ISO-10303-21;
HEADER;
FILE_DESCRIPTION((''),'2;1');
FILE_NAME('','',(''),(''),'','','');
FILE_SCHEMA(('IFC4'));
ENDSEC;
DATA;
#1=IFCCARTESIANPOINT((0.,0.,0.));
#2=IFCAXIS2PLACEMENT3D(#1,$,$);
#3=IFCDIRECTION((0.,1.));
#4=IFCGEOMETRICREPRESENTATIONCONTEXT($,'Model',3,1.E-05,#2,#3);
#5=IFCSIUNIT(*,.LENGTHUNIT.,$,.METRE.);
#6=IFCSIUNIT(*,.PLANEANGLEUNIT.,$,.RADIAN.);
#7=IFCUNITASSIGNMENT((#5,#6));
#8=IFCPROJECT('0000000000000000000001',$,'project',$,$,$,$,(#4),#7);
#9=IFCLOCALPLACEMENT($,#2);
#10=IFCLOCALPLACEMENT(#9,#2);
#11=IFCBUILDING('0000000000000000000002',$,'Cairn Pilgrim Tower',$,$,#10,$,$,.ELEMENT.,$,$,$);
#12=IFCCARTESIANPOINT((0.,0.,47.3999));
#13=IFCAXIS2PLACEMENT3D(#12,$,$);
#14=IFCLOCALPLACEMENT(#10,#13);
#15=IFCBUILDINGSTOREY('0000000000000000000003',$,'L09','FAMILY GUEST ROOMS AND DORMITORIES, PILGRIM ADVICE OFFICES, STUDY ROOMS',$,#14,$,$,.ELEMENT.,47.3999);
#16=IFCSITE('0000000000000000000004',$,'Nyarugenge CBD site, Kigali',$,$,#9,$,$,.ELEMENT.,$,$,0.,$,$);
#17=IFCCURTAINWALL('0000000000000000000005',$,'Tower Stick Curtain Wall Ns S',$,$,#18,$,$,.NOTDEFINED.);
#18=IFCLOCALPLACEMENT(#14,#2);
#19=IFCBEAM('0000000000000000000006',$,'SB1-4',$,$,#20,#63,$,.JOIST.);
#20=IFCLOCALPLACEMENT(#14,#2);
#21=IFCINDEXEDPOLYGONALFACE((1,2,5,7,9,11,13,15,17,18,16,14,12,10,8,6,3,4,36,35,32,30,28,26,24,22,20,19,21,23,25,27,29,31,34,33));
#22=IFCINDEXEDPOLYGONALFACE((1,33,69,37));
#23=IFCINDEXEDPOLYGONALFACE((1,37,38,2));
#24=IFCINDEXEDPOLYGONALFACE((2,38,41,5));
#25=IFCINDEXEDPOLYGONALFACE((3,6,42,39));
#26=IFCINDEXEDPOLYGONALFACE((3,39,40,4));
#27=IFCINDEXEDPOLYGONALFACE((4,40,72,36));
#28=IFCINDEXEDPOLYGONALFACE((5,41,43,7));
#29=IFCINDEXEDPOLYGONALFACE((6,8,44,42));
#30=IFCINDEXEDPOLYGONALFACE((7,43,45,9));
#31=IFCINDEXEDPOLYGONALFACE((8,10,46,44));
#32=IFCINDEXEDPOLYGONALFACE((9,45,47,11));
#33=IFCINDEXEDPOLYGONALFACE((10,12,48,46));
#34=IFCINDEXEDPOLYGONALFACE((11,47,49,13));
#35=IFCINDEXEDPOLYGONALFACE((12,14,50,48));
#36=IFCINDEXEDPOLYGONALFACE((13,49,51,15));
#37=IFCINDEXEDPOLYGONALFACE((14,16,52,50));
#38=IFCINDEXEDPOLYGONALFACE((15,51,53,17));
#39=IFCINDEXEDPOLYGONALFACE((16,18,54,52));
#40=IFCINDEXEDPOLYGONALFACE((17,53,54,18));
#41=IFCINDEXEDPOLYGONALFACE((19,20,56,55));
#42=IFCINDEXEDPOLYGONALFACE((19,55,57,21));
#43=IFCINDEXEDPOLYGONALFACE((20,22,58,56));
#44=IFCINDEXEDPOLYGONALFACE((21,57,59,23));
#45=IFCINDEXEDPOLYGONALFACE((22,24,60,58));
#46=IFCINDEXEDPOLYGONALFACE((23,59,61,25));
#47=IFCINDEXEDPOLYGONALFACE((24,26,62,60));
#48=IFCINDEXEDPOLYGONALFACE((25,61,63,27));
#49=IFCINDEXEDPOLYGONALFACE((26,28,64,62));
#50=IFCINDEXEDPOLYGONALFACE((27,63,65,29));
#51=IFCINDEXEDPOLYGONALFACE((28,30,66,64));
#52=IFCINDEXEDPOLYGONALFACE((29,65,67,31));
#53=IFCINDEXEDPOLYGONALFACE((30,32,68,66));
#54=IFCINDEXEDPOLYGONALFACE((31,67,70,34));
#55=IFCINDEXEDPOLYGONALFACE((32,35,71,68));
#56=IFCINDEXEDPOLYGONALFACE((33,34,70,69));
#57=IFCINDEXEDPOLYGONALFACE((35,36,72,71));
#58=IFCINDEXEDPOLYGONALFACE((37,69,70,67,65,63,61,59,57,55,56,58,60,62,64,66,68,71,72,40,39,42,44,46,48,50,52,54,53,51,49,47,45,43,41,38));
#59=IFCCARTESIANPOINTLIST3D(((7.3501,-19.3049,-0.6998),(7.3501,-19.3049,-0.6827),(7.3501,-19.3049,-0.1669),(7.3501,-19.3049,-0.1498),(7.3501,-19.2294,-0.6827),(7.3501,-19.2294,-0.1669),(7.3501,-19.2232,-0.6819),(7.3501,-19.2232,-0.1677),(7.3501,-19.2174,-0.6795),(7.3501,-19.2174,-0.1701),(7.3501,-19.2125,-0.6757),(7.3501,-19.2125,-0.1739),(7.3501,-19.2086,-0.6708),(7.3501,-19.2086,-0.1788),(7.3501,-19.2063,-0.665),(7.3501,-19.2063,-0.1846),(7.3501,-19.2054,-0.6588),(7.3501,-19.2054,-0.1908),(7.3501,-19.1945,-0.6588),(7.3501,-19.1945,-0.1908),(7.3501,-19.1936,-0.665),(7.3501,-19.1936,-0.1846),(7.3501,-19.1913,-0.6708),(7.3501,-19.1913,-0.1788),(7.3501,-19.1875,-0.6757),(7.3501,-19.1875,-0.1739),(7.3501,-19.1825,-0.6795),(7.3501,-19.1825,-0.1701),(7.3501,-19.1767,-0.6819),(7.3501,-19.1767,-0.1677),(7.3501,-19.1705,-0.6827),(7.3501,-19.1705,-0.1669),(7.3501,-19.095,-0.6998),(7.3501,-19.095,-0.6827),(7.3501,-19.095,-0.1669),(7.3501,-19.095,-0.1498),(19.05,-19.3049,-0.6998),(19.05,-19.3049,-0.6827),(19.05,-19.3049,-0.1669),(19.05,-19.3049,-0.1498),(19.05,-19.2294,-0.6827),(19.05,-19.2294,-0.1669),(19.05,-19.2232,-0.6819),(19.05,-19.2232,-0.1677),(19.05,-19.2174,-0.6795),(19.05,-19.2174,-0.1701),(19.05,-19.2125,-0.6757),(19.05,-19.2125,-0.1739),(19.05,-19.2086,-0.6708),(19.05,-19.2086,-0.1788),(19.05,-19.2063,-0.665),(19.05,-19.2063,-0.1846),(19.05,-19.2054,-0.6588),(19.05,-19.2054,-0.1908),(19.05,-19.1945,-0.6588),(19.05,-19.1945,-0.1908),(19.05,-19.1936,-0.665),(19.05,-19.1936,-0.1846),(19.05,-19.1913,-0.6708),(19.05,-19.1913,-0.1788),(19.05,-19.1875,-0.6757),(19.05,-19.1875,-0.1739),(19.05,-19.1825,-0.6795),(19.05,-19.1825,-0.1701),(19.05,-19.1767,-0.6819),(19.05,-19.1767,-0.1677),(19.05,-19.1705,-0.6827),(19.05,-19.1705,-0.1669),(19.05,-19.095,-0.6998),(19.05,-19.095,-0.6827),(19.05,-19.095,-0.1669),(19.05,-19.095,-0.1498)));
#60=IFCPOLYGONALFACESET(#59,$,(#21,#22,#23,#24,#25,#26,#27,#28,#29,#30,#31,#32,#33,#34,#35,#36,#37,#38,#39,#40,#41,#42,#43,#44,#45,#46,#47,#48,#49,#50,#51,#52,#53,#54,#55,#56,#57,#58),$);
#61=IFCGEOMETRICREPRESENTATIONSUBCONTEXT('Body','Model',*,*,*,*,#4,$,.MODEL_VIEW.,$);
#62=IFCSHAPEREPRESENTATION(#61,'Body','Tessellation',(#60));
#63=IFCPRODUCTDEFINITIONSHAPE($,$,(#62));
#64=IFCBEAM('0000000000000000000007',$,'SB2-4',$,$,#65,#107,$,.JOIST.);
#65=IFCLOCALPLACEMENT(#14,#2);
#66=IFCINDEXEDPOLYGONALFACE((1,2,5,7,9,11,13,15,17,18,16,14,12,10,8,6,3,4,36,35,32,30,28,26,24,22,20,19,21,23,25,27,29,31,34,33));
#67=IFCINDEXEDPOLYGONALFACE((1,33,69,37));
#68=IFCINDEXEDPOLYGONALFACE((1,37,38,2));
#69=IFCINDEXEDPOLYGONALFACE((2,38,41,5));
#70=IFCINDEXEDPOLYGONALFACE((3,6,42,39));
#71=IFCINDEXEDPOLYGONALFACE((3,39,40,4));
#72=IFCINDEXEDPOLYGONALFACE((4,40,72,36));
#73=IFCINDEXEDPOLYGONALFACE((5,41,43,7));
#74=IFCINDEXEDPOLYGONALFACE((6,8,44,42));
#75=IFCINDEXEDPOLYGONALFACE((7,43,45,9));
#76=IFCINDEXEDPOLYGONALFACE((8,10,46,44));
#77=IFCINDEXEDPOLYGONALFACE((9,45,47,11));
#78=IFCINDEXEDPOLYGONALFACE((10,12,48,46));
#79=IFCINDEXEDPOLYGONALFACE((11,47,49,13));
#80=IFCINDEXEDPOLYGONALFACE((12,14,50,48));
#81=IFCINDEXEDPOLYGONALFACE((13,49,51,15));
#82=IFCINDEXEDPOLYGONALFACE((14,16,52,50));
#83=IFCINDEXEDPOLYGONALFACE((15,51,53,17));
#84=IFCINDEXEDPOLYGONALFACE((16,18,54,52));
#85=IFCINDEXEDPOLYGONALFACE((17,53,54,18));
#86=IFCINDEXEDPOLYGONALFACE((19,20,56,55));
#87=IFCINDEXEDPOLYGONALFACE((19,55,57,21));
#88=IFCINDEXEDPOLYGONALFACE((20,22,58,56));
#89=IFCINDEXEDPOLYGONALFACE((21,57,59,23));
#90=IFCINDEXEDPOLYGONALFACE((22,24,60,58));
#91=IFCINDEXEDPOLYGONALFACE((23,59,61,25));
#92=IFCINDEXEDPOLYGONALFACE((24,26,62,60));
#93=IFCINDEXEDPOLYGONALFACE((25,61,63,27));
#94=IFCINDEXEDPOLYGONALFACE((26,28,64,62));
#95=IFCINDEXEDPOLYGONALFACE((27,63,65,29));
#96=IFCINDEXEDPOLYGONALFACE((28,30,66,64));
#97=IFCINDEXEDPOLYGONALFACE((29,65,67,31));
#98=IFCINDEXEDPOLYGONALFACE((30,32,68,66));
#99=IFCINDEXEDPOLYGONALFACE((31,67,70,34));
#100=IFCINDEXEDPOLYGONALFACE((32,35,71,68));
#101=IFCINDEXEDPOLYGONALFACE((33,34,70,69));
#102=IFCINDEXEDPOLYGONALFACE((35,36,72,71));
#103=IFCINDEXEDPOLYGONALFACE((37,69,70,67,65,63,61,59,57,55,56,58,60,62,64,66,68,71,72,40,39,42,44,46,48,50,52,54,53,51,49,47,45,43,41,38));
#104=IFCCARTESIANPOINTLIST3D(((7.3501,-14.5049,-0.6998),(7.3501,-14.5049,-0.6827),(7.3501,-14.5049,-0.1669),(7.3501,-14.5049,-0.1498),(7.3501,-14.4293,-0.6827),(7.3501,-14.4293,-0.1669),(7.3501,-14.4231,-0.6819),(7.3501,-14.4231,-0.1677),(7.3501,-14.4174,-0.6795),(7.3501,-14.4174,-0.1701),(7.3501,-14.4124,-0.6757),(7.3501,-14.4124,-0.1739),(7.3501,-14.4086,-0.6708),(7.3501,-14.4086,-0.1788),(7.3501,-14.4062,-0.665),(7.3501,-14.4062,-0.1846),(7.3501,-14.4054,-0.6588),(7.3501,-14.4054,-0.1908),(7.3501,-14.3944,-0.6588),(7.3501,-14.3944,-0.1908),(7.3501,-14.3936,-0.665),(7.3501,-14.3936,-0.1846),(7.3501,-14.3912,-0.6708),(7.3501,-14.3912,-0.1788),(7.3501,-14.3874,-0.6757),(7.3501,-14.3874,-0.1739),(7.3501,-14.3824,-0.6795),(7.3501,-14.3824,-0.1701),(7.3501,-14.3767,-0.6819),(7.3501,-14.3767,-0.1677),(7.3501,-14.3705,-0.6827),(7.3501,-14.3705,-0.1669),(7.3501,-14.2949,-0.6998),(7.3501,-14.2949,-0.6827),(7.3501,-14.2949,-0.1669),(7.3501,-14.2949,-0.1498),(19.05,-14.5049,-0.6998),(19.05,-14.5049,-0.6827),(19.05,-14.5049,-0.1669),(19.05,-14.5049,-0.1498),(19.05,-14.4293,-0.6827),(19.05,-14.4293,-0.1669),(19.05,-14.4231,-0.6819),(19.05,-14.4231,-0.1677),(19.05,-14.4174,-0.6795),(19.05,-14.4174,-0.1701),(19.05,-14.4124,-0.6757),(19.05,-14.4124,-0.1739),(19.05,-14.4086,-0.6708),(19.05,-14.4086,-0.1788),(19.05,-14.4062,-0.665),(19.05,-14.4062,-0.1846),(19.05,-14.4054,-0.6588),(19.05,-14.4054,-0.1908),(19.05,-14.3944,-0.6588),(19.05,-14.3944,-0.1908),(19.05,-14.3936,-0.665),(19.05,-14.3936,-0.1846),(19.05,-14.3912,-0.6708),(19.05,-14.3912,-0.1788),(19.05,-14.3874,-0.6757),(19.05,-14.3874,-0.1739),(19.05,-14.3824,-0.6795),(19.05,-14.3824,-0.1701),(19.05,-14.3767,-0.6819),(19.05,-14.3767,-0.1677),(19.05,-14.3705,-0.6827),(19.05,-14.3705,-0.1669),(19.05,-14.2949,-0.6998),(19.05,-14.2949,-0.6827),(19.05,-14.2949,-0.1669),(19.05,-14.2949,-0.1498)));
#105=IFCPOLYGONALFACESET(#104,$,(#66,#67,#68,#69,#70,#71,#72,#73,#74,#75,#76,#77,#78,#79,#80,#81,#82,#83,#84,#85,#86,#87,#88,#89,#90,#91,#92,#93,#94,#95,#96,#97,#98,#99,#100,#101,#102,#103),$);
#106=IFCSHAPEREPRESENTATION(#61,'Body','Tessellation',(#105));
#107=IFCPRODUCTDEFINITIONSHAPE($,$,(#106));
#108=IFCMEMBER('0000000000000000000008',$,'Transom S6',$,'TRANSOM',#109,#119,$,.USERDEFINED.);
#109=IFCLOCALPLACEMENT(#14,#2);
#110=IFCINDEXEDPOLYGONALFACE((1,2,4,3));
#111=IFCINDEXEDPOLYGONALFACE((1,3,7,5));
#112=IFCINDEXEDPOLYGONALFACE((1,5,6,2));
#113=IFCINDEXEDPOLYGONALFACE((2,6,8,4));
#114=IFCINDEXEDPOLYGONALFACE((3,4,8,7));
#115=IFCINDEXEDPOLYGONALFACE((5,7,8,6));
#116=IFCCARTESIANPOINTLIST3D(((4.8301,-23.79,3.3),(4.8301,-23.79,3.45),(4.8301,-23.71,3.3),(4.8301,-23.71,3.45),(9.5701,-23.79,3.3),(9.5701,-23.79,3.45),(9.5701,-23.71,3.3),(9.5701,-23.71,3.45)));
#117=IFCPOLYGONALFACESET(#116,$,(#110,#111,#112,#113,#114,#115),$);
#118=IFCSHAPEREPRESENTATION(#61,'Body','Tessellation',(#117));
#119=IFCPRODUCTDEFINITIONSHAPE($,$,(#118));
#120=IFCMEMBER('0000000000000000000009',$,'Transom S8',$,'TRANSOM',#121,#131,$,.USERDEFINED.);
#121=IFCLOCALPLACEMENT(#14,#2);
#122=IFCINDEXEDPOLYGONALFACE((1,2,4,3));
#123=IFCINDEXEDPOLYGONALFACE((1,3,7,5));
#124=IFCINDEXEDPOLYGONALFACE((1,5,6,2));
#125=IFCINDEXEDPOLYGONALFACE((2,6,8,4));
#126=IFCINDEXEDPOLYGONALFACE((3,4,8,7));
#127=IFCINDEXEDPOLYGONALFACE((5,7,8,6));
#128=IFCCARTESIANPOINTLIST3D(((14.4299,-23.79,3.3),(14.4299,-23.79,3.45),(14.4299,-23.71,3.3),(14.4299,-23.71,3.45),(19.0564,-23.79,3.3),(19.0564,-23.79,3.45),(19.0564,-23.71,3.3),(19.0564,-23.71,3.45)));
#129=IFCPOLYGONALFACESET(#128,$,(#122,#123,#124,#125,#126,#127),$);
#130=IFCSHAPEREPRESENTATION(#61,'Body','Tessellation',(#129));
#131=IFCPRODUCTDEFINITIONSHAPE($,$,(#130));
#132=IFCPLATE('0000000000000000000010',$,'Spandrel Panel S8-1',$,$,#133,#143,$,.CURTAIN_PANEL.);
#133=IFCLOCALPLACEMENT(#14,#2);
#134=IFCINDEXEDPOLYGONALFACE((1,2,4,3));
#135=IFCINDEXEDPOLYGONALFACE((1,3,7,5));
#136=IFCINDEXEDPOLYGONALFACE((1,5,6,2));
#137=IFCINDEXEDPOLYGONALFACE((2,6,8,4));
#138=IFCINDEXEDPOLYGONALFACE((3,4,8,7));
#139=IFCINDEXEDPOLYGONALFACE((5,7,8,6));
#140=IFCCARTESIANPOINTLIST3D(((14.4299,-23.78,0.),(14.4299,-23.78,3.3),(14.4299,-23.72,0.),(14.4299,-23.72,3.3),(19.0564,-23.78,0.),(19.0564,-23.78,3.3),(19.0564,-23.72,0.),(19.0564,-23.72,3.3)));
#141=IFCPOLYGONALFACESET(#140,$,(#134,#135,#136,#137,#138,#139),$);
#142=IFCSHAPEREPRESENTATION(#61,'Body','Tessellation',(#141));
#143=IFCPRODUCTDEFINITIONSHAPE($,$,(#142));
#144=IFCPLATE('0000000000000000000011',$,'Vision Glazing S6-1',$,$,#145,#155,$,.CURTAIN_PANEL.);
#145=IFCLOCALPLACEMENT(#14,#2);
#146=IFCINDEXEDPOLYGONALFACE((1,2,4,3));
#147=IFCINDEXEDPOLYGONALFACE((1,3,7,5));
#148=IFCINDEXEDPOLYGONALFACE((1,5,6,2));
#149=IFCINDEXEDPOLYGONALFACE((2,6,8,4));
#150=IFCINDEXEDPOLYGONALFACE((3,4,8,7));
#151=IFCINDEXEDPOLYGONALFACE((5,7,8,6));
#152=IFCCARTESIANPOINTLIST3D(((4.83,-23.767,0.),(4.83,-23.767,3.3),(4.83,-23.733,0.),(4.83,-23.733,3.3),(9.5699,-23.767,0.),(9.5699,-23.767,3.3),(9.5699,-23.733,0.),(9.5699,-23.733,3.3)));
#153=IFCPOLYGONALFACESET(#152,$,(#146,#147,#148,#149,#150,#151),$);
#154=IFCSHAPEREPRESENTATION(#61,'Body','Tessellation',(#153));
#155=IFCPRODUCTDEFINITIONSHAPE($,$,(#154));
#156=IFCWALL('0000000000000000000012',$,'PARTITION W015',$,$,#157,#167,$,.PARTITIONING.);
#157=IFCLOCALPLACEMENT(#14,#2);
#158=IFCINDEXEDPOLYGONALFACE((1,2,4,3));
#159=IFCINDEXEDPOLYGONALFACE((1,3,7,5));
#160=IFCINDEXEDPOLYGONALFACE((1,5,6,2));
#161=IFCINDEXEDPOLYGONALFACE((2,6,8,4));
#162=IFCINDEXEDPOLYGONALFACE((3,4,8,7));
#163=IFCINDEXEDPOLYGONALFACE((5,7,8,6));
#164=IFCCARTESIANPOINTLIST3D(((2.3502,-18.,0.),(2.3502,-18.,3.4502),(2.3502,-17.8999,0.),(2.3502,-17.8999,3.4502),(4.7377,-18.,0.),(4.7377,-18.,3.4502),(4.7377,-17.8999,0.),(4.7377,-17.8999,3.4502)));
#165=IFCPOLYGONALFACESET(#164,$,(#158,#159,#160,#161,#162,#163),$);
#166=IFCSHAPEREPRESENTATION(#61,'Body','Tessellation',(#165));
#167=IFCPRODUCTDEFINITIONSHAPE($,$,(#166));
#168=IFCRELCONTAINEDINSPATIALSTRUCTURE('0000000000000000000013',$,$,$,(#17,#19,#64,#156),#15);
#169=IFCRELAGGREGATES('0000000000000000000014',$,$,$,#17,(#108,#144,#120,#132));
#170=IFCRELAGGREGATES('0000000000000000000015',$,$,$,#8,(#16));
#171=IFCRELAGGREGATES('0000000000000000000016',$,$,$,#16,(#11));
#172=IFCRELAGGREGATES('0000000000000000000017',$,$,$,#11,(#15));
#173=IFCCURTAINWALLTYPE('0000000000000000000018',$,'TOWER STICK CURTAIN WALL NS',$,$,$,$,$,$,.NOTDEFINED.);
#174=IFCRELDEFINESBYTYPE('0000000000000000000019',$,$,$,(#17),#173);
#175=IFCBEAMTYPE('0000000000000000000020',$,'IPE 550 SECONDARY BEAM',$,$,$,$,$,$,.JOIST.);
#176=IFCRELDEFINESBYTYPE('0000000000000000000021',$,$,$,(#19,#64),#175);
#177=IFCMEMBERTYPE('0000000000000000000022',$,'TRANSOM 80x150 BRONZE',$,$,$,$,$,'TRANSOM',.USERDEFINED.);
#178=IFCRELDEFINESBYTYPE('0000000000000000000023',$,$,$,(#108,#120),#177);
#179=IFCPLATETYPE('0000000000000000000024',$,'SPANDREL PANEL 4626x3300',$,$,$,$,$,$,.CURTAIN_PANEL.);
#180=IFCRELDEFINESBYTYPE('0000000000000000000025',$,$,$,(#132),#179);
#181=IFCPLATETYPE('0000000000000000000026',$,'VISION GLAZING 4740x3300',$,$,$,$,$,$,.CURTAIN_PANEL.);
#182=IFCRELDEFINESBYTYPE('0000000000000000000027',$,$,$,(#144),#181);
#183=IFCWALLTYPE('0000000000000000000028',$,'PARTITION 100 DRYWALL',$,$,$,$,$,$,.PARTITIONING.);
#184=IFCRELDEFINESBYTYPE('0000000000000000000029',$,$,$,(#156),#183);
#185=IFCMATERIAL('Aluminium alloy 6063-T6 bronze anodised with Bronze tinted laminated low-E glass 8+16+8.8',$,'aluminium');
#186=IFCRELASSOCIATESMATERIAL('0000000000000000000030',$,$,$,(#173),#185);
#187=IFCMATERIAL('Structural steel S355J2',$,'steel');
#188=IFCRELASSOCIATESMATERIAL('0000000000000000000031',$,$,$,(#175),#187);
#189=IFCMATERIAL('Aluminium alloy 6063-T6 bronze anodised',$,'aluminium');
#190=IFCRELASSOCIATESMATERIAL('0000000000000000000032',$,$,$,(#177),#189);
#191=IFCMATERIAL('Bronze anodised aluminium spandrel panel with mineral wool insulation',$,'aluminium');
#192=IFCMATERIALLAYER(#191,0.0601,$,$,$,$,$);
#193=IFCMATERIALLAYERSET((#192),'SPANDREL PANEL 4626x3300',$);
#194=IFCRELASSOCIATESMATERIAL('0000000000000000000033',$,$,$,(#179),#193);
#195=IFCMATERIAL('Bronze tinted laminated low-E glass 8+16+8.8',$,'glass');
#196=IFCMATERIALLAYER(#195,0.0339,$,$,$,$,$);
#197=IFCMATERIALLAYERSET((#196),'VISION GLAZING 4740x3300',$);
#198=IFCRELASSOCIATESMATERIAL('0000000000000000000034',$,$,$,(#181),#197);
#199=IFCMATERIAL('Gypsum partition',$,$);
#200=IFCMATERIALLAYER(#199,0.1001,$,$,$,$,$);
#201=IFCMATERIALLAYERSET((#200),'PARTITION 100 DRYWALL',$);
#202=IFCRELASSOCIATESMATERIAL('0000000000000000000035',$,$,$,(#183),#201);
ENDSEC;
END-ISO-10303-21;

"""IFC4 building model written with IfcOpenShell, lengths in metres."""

from ifc_helpers import new_model, si_unit, direction, frame, frame_2d, origin, origin_2d, place, context, subcontext, project, spatial, rectangle, i_section, extrude, material, layer, layer_set, material_profile, profile_set, type_object, element, aggregate, save


model = new_model("IFC4")

# Units and contexts
model_context = context("Model", 3, precision=1e-05, world=origin(), true_north=direction((0.0, 1.0)))
body_context = subcontext(model_context, "Body", "Model", "MODEL_VIEW")
ifc_project = project(units=[si_unit("LENGTHUNIT", "METRE"), si_unit("PLANEANGLEUNIT", "RADIAN")], contexts=[model_context])

# Site, building, storey
site_placement = place(None, origin())
site = spatial("IfcSite", under=ifc_project, at=site_placement, Name="Nyarugenge CBD site, Kigali", CompositionType="ELEMENT", RefElevation=0.0)
building_placement = place(site_placement, origin())
building = spatial("IfcBuilding", under=site, at=building_placement, Name="Cairn Pilgrim Tower", CompositionType="ELEMENT")
storey_placement = place(building_placement, frame((0.0, 0.0, 47.3999)))
storey = spatial("IfcBuildingStorey", under=building, at=storey_placement, Name="L09", Description="FAMILY GUEST ROOMS AND DORMITORIES, PILGRIM ADVICE OFFICES, STUDY ROOMS", CompositionType="ELEMENT", Elevation=47.3999)

# Curtain wall
ifc_material_1 = material(Name="Aluminium alloy 6063-T6 bronze anodised with Bronze tinted laminated low-E glass 8+16+8.8", Category="aluminium")
curtain_wall_type = type_object("IfcCurtainWallType", Name="TOWER STICK CURTAIN WALL NS", PredefinedType="NOTDEFINED", material=ifc_material_1)
curtain_wall_placement = place(storey_placement, origin())
curtain_wall = element("IfcCurtainWall", 1, at=curtain_wall_placement, inside=storey, type_object=curtain_wall_type, Name="Tower Stick Curtain Wall Ns S", PredefinedType="NOTDEFINED")
ifc_material_2 = material(Name="Aluminium alloy 6063-T6 bronze anodised", Category="aluminium")

# Beams
ifc_material_3 = material(Name="Structural steel S355J2", Category="steel")
ifc_material_profile_1 = material_profile(ifc_material_3, i_section(OverallWidth=0.21, OverallDepth=0.55, WebThickness=0.011, FlangeThickness=0.0171, FilletRadius=0.0239, at=origin_2d()), Name="IPE 550")
ifc_profile_set_1 = profile_set([ifc_material_profile_1], Name="Structural steel S355J2")
beam_type_1 = type_object("IfcBeamType", Name="IPE 550 SECONDARY BEAM", PredefinedType="JOIST", material=ifc_profile_set_1)
for number, where, z_axis, x_axis, name in (
    (2, (7.3501, -19.2, -0.4248), (1.0, 0.0, 0.0), (0.0, 1.0, 0.0), "SB1-4"),
    (3, (7.3501, -14.3999, -0.4248), (1.0, 0.0, 0.0), (0.0, 1.0, 0.0), "SB2-4"),
):
    element("IfcBeam", number, at=place(storey_placement, frame(where, z_axis=z_axis, x_axis=x_axis)), inside=storey, type_object=beam_type_1, Name=name, PredefinedType="JOIST", context=body_context, shape_type="SweptSolid", body=[
        extrude(i_section(OverallWidth=0.21, OverallDepth=0.55, WebThickness=0.011, FlangeThickness=0.0171, FilletRadius=0.0239, at=origin_2d()), origin(), (0.0, 0.0, 1.0), 11.7),
    ])

# Members
ifc_material_profile_2 = material_profile(ifc_material_2, rectangle(XDim=0.0801, YDim=0.1499, at=origin_2d()), Name="TRANSOM 80x150 BRONZE")
ifc_profile_set_2 = profile_set([ifc_material_profile_2], Name="Aluminium alloy 6063-T6 bronze anodised")
member_type_1 = type_object("IfcMemberType", Name="TRANSOM 80x150 BRONZE", ElementType="TRANSOM", PredefinedType="USERDEFINED", material=ifc_profile_set_2)
member_1_placement = place(storey_placement, frame((4.8301, -23.75, 3.375), z_axis=(1.0, 0.0, 0.0), x_axis=(0.0, 1.0, 0.0)))
member_1 = element("IfcMember", 4, at=member_1_placement, type_object=member_type_1, Name="Transom S6", ObjectType="TRANSOM", PredefinedType="USERDEFINED", context=body_context, shape_type="SweptSolid", body=[
    extrude(rectangle(XDim=0.0801, YDim=0.1499, at=origin_2d()), origin(), (0.0, 0.0, 1.0), 4.74),
])
member_2_placement = place(storey_placement, frame((14.4299, -23.75, 3.375), z_axis=(1.0, 0.0, 0.0), x_axis=(0.0, 1.0, 0.0)))
member_2 = element("IfcMember", 5, at=member_2_placement, type_object=member_type_1, Name="Transom S8", ObjectType="TRANSOM", PredefinedType="USERDEFINED", context=body_context, shape_type="SweptSolid", body=[
    extrude(rectangle(XDim=0.0801, YDim=0.1499, at=origin_2d()), origin(), (0.0, 0.0, 1.0), 4.6265),
])

# Plates
ifc_material_4 = material(Name="Bronze anodised aluminium spandrel panel with mineral wool insulation", Category="aluminium")
ifc_layer_1 = layer(ifc_material_4, 0.0601)
ifc_layer_set_1 = layer_set([ifc_layer_1], Name="SPANDREL PANEL 4626x3300")
plate_type_1 = type_object("IfcPlateType", Name="SPANDREL PANEL 4626x3300", PredefinedType="CURTAIN_PANEL", material=ifc_layer_set_1)
plate_1_placement = place(storey_placement, frame((16.7432, -23.75, 0.0), z_axis=(0.0, 0.0, 1.0), x_axis=(1.0, 0.0, 0.0)))
plate_1 = element("IfcPlate", 6, at=plate_1_placement, type_object=plate_type_1, Name="Spandrel Panel S8-1", PredefinedType="CURTAIN_PANEL", context=body_context, shape_type="SweptSolid", body=[
    extrude(rectangle(XDim=4.6265, YDim=0.0601, at=origin_2d()), origin(), (0.0, 0.0, 1.0), 3.3),
])
ifc_material_5 = material(Name="Bronze tinted laminated low-E glass 8+16+8.8", Category="glass")
ifc_layer_2 = layer(ifc_material_5, 0.0339)
ifc_layer_set_2 = layer_set([ifc_layer_2], Name="VISION GLAZING 4740x3300")
plate_type_2 = type_object("IfcPlateType", Name="VISION GLAZING 4740x3300", PredefinedType="CURTAIN_PANEL", material=ifc_layer_set_2)
plate_2_placement = place(storey_placement, frame((7.2, -23.75, 0.0), z_axis=(0.0, 0.0, 1.0), x_axis=(1.0, 0.0, 0.0)))
plate_2 = element("IfcPlate", 7, at=plate_2_placement, type_object=plate_type_2, Name="Vision Glazing S6-1", PredefinedType="CURTAIN_PANEL", context=body_context, shape_type="SweptSolid", body=[
    extrude(rectangle(XDim=4.74, YDim=0.0339, at=origin_2d()), origin(), (0.0, 0.0, 1.0), 3.3),
])
aggregate(curtain_wall, [member_1, plate_2, member_2, plate_1])

# Wall
ifc_material_6 = material(Name="Gypsum partition")
ifc_layer_3 = layer(ifc_material_6, 0.1001)
ifc_layer_set_3 = layer_set([ifc_layer_3], Name="PARTITION 100 DRYWALL")
wall_type_1 = type_object("IfcWallType", Name="PARTITION 100 DRYWALL", PredefinedType="PARTITIONING", material=ifc_layer_set_3)
wall_1_placement = place(storey_placement, frame((2.3501, -17.95, 0.0), z_axis=(0.0, 0.0, 1.0), x_axis=(1.0, 0.0, 0.0)))
element("IfcWall", 8, at=wall_1_placement, inside=storey, type_object=wall_type_1, Name="PARTITION W015", PredefinedType="PARTITIONING", context=body_context, shape_type="SweptSolid", body=[
    extrude(rectangle(XDim=2.3875, YDim=0.1001, at=frame_2d((1.1938, 0.0))), origin(), (0.0, 0.0, 1.0), 3.4502),
])

save(model, "model.ifc")
